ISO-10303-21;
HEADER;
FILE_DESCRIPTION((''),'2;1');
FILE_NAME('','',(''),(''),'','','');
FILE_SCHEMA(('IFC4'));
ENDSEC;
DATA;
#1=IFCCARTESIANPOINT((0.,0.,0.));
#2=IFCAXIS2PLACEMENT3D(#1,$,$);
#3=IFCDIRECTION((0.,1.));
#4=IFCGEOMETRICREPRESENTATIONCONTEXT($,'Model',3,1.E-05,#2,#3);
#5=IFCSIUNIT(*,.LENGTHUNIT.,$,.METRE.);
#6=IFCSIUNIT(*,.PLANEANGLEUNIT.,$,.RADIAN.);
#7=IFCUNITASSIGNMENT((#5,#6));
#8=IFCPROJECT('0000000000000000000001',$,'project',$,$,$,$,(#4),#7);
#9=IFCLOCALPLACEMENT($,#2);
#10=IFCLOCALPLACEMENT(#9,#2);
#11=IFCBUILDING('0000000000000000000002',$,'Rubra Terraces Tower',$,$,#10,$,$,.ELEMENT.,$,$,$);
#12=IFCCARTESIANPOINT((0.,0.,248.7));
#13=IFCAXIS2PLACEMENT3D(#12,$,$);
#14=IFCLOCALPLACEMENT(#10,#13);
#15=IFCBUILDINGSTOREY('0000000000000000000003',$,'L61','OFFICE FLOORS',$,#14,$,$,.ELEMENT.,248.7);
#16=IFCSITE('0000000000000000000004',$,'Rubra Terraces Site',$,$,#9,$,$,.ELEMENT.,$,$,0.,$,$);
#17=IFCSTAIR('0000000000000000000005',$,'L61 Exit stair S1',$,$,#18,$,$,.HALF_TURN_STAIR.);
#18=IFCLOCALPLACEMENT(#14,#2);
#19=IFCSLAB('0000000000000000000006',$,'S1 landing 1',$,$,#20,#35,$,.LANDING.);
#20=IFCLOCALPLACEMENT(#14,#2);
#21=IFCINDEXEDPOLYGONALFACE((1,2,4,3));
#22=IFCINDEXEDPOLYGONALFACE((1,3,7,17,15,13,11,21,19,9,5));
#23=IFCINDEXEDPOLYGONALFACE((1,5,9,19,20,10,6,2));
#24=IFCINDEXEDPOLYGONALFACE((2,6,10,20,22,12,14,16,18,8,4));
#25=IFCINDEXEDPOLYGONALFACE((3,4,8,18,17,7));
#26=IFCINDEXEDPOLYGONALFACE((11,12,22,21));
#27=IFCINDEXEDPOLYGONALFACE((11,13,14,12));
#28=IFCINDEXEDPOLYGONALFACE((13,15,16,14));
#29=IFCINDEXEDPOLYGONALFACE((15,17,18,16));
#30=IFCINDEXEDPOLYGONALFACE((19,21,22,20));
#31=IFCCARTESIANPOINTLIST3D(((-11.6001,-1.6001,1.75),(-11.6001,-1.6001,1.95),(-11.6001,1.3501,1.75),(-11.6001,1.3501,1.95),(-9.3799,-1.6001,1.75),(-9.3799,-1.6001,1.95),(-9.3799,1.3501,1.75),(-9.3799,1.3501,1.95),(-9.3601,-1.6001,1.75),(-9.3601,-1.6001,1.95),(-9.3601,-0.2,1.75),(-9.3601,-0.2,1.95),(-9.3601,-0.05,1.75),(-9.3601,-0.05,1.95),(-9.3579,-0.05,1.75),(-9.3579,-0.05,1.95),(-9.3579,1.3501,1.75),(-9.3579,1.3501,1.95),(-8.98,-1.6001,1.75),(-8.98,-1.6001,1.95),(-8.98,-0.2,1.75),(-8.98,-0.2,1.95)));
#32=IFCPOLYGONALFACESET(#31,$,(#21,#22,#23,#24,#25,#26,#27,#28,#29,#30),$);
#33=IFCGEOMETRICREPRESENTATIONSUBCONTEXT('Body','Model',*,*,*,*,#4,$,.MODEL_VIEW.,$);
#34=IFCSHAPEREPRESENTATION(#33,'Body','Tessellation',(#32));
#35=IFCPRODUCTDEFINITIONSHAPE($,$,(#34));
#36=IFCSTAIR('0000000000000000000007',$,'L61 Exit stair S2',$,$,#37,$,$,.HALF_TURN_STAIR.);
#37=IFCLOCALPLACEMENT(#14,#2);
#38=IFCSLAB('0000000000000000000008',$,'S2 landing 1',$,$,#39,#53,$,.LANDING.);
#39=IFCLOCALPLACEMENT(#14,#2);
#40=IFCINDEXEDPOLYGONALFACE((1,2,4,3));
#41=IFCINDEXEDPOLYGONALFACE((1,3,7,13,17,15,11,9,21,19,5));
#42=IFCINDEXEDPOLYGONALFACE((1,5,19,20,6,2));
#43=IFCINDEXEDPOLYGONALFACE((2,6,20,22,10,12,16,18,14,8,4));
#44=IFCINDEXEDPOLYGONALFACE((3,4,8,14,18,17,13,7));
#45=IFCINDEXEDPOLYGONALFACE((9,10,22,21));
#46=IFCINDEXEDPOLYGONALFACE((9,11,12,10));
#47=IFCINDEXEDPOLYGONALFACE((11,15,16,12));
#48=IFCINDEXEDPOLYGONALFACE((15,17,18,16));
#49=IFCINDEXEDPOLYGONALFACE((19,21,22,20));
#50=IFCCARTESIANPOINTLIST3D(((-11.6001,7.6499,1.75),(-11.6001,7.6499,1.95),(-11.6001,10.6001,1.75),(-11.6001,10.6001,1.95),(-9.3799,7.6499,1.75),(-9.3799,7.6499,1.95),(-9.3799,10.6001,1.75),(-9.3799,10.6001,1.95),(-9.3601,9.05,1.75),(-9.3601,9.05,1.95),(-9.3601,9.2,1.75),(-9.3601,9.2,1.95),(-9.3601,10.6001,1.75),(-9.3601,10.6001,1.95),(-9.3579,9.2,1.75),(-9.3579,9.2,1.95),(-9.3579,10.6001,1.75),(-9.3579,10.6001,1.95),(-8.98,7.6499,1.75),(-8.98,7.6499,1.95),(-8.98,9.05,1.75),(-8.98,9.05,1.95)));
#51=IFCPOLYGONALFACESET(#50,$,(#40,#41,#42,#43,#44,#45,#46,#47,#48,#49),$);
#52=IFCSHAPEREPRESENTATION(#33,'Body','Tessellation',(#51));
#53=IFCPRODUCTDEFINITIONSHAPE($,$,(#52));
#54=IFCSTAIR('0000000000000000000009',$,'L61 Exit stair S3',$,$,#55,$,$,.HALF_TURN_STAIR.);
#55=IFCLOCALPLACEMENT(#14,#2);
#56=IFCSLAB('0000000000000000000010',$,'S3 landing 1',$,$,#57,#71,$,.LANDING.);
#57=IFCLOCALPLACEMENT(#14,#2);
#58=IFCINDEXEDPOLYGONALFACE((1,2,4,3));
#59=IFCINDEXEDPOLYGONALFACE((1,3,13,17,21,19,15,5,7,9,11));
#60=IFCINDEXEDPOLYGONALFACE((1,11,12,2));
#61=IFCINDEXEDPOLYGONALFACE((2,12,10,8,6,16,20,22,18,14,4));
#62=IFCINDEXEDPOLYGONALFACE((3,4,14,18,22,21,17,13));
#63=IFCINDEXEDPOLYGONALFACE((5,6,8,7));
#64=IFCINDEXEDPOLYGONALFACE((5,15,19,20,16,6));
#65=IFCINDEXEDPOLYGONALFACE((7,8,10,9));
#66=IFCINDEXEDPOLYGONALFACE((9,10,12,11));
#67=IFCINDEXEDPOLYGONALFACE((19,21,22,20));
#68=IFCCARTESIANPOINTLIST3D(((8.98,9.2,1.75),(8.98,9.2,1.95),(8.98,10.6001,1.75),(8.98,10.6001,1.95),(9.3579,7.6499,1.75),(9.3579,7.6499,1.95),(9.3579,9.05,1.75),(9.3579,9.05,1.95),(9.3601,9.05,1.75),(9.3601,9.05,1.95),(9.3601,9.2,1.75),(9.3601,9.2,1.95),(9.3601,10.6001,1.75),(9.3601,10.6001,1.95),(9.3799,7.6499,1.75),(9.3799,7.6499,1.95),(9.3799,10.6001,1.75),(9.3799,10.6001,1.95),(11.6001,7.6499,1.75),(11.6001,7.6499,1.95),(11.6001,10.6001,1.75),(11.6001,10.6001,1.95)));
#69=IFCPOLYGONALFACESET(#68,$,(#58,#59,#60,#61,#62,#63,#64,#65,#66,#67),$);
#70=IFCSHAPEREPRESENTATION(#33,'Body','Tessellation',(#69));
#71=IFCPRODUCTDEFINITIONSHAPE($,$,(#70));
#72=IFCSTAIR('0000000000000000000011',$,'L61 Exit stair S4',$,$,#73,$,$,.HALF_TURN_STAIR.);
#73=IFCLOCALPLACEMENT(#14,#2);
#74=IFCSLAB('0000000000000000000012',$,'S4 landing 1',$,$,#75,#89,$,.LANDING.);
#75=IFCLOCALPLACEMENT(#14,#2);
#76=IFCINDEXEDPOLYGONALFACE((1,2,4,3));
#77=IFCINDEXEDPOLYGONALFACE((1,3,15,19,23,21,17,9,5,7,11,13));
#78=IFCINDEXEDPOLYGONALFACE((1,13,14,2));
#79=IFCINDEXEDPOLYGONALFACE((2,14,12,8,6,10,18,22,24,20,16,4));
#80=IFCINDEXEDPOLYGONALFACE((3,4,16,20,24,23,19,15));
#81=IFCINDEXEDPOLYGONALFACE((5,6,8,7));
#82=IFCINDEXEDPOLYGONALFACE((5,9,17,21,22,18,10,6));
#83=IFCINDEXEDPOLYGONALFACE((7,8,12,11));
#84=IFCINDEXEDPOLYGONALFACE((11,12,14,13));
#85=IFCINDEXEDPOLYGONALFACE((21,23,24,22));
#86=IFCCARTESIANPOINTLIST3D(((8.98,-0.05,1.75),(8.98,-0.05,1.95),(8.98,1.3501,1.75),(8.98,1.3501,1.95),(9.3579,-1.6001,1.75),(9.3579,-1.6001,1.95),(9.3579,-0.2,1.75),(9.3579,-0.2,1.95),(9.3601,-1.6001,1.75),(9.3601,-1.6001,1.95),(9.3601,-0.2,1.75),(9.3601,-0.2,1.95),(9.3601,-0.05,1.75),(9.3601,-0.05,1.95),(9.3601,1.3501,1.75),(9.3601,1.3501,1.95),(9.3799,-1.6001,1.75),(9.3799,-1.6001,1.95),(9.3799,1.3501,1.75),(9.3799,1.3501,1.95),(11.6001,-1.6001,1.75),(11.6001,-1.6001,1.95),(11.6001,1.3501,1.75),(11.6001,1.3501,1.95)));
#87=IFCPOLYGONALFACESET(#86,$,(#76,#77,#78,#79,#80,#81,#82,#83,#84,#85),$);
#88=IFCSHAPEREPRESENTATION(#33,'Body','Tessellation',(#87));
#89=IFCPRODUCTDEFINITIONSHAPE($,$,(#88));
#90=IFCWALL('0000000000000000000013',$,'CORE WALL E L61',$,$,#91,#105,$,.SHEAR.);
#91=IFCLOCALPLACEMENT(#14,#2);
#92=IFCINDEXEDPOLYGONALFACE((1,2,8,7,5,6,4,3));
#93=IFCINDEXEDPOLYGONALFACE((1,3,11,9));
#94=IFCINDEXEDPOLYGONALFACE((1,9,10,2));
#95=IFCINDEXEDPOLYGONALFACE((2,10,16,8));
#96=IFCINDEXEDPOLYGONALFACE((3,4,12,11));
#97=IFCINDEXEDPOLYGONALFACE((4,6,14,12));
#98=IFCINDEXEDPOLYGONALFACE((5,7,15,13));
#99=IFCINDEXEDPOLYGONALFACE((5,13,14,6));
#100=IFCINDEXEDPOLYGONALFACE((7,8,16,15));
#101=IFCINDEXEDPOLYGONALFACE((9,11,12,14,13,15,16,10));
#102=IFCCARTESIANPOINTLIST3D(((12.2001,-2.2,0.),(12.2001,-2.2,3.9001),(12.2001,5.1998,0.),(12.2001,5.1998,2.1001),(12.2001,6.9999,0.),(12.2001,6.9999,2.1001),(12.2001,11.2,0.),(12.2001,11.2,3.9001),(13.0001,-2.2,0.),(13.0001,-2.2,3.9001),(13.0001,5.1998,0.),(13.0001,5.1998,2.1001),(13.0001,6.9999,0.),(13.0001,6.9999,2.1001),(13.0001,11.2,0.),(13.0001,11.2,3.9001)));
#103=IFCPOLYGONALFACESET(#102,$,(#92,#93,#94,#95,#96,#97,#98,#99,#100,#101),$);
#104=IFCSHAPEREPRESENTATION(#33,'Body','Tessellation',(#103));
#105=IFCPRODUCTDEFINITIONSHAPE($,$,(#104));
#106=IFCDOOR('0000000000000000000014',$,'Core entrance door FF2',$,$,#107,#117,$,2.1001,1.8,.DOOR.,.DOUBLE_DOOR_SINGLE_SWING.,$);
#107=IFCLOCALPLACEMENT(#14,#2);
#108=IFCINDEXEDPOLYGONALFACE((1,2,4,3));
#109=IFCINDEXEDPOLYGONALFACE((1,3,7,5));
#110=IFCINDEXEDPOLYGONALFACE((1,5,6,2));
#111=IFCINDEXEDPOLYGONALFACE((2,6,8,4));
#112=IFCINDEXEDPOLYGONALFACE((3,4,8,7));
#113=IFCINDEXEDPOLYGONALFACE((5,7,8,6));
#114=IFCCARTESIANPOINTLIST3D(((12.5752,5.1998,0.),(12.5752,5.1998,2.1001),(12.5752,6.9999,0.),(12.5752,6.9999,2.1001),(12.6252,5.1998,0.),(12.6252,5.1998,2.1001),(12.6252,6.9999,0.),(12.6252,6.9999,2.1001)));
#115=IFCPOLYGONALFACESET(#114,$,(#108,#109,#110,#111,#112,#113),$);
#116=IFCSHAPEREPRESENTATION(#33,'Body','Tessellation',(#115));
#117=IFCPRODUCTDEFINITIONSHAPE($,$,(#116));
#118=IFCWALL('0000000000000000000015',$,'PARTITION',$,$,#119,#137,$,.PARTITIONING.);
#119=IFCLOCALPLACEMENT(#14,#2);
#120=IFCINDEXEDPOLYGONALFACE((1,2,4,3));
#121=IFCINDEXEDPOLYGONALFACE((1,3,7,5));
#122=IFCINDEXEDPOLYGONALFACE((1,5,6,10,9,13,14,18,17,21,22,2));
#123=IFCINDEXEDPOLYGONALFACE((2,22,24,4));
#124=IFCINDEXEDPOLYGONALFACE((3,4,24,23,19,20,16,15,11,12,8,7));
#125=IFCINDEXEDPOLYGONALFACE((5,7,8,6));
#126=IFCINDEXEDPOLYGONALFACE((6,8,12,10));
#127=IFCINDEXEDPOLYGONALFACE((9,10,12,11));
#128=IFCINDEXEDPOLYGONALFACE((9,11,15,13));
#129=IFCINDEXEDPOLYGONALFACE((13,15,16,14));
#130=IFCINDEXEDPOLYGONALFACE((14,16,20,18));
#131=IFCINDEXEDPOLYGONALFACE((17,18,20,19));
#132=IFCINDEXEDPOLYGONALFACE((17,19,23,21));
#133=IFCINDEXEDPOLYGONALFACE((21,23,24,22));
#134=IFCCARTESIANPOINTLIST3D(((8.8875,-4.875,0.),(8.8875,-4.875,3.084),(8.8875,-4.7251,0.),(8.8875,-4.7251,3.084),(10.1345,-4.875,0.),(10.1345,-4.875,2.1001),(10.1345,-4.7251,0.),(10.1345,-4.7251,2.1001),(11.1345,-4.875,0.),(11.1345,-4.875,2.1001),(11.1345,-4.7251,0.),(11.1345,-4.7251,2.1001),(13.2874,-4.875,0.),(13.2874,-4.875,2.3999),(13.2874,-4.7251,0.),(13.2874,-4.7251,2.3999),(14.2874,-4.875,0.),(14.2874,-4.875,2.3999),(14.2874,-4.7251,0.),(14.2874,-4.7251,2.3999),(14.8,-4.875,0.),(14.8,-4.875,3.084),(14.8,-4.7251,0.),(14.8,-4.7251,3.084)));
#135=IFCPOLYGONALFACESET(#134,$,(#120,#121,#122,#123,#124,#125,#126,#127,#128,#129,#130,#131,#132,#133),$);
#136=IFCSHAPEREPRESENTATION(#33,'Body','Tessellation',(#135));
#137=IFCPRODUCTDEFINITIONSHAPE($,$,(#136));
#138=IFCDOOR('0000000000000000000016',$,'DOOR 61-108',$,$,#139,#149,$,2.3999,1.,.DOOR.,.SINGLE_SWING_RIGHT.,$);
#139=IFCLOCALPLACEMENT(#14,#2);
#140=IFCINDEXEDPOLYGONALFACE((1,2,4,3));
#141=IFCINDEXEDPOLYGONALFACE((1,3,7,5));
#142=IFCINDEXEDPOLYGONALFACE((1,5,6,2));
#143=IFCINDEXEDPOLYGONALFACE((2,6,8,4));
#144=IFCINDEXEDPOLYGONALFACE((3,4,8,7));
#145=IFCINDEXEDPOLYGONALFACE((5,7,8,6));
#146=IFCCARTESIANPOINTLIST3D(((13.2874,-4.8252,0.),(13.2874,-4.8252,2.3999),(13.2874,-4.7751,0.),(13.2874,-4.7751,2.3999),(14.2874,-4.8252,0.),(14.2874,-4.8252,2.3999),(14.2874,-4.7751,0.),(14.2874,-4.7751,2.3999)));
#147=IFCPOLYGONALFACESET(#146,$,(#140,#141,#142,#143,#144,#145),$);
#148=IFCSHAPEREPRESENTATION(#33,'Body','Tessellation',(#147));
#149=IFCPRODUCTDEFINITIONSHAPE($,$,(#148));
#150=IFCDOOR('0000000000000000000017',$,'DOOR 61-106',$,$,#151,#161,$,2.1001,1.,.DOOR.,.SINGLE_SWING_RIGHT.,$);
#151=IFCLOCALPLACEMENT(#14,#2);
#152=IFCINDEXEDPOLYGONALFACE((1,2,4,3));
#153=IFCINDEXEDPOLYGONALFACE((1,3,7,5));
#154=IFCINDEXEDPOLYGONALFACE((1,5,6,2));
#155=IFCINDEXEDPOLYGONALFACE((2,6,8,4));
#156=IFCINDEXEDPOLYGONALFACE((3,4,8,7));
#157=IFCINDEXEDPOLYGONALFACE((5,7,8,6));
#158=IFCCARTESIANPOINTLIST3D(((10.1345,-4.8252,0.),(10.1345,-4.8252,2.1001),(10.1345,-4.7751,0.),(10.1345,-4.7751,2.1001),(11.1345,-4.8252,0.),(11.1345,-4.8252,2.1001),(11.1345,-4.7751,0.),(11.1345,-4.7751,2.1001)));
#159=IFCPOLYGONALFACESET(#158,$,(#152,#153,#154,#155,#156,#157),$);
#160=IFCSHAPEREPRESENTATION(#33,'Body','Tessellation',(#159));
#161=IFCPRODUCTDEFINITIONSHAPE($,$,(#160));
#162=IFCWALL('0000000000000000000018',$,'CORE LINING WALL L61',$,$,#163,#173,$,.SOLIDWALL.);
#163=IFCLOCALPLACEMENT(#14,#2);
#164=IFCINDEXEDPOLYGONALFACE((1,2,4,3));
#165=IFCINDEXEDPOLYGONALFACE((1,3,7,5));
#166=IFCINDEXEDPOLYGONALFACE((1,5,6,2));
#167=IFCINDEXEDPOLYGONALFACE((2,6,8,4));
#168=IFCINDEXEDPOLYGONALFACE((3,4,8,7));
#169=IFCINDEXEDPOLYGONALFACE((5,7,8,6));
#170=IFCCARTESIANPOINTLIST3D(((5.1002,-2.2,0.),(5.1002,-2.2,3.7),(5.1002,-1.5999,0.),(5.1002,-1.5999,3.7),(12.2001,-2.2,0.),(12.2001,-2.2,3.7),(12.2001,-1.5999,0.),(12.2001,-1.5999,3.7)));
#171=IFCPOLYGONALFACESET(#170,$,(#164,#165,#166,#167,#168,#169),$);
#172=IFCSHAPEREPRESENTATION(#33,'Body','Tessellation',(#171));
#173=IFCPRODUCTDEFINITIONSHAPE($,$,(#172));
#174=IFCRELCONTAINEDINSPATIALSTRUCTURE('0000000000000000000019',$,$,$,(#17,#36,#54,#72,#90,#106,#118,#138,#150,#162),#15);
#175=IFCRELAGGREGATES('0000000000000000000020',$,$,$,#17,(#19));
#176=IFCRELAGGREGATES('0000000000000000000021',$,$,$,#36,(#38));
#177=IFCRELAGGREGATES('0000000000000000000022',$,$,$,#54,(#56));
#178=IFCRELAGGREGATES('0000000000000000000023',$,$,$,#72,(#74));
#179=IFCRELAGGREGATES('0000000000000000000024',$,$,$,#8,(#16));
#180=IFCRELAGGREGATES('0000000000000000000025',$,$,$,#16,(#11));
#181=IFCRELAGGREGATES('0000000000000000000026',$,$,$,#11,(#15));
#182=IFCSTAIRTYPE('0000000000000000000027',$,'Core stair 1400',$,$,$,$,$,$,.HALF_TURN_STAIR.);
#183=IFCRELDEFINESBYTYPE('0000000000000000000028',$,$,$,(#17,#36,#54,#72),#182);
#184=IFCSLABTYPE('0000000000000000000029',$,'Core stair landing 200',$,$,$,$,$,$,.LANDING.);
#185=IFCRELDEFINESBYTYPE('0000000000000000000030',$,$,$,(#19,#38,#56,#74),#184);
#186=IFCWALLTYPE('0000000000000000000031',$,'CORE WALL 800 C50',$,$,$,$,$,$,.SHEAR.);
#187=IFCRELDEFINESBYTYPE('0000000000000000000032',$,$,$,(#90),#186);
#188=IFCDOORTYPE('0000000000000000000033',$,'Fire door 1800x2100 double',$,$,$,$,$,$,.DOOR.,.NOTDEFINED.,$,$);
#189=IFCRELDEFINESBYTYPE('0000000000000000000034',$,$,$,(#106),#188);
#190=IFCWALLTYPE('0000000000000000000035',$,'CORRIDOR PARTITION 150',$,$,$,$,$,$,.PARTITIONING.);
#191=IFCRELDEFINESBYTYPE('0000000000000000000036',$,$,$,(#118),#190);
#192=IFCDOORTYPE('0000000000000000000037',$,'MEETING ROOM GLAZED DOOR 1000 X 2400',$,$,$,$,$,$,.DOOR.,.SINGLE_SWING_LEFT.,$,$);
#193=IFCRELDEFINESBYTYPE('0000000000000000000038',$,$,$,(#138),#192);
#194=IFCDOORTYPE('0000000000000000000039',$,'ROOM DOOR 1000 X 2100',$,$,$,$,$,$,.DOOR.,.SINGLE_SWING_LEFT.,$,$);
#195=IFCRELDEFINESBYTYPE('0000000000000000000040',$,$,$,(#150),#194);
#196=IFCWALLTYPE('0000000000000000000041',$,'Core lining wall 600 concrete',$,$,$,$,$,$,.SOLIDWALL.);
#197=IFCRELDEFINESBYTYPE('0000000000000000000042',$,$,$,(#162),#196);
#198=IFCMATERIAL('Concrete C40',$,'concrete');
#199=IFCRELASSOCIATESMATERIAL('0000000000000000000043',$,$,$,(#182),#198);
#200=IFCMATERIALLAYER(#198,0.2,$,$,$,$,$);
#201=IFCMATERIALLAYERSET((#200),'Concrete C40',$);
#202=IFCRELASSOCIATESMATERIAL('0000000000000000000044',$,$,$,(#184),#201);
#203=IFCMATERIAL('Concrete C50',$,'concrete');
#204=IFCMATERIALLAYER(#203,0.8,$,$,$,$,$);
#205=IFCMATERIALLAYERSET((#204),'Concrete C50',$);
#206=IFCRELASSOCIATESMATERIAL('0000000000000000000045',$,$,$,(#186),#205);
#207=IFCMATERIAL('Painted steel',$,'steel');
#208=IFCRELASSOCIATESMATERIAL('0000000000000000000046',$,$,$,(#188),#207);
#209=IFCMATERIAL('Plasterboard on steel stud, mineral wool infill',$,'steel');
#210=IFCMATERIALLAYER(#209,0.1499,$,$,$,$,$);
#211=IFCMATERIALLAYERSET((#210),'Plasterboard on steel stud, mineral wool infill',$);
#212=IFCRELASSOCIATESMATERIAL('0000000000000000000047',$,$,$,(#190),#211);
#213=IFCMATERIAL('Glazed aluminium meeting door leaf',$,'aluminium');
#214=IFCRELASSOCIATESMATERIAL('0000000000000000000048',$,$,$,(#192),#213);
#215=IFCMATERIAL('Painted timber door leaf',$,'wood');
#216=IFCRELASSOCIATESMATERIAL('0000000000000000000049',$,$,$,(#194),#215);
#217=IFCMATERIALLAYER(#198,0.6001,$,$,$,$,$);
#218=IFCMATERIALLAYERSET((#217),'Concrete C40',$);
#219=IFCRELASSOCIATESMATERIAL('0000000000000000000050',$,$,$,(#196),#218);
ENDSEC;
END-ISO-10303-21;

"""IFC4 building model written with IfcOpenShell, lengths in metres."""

from ifc_helpers import new_model, si_unit, direction, frame, frame_2d, origin, place, context, subcontext, project, spatial, polyline, rectangle, outline, extrude, material, layer, layer_set, type_object, element, fill, aggregate, save


model = new_model("IFC4")

# Units and contexts
model_context = context("Model", 3, precision=1e-05, world=origin(), true_north=direction((0.0, 1.0)))
body_context = subcontext(model_context, "Body", "Model", "MODEL_VIEW")
ifc_project = project(units=[si_unit("LENGTHUNIT", "METRE"), si_unit("PLANEANGLEUNIT", "RADIAN")], contexts=[model_context])

# Site, building, storey
site_placement = place(None, origin())
site = spatial("IfcSite", under=ifc_project, at=site_placement, Name="Rubra Terraces Site", CompositionType="ELEMENT", RefElevation=0.0)
building_placement = place(site_placement, origin())
building = spatial("IfcBuilding", under=site, at=building_placement, Name="Rubra Terraces Tower", CompositionType="ELEMENT")
storey_placement = place(building_placement, frame((0.0, 0.0, 248.7)))
storey = spatial("IfcBuildingStorey", under=building, at=storey_placement, Name="L61", Description="OFFICE FLOORS", CompositionType="ELEMENT", Elevation=248.7)

# Stairs, slabs
ifc_material_1 = material(Name="Concrete C40", Category="concrete")
stair_type = type_object("IfcStairType", Name="Core stair 1400", PredefinedType="HALF_TURN_STAIR", material=ifc_material_1)
stair_1_placement = place(storey_placement, origin())
stair_1 = element("IfcStair", 1, at=stair_1_placement, inside=storey, type_object=stair_type, Name="L61 Exit stair S1", PredefinedType="HALF_TURN_STAIR")
ifc_layer_1 = layer(ifc_material_1, 0.2)
ifc_layer_set_1 = layer_set([ifc_layer_1], Name="Concrete C40")
slab_type = type_object("IfcSlabType", Name="Core stair landing 200", PredefinedType="LANDING", material=ifc_layer_set_1)
slab_1_placement = place(storey_placement, frame((0.0, 0.0, 1.75)))
slab_1 = element("IfcSlab", 2, at=slab_1_placement, type_object=slab_type, Name="S1 landing 1", PredefinedType="LANDING", context=body_context, shape_type="SweptSolid", body=[
    extrude(outline(polyline([(-8.98, -0.2), (-8.98, -1.6001), (-9.3601, -1.6001), (-9.3799, -1.6001), (-11.6001, -1.6001), (-11.6001, 1.3501), (-9.3799, 1.3501), (-9.3579, 1.3501), (-9.3579, -0.05), (-9.3601, -0.05), (-9.3601, -0.2), (-8.98, -0.2)])), origin(), (0.0, 0.0, 1.0), 0.2),
])
aggregate(stair_1, [slab_1])
stair_2_placement = place(storey_placement, origin())
stair_2 = element("IfcStair", 3, at=stair_2_placement, inside=storey, type_object=stair_type, Name="L61 Exit stair S2", PredefinedType="HALF_TURN_STAIR")
slab_2_placement = place(storey_placement, frame((0.0, 0.0, 1.75)))
slab_2 = element("IfcSlab", 4, at=slab_2_placement, type_object=slab_type, Name="S2 landing 1", PredefinedType="LANDING", context=body_context, shape_type="SweptSolid", body=[
    extrude(outline(polyline([(-8.98, 9.05), (-8.98, 7.6499), (-9.3799, 7.6499), (-11.6001, 7.6499), (-11.6001, 10.6001), (-9.3799, 10.6001), (-9.3601, 10.6001), (-9.3579, 10.6001), (-9.3579, 9.2), (-9.3601, 9.2), (-9.3601, 9.05), (-8.98, 9.05)])), origin(), (0.0, 0.0, 1.0), 0.2),
])
aggregate(stair_2, [slab_2])
stair_3_placement = place(storey_placement, origin())
stair_3 = element("IfcStair", 5, at=stair_3_placement, inside=storey, type_object=stair_type, Name="L61 Exit stair S3", PredefinedType="HALF_TURN_STAIR")
slab_3_placement = place(storey_placement, frame((0.0, 0.0, 1.75)))
slab_3 = element("IfcSlab", 6, at=slab_3_placement, type_object=slab_type, Name="S3 landing 1", PredefinedType="LANDING", context=body_context, shape_type="SweptSolid", body=[
    extrude(outline(polyline([(9.3601, 9.05), (9.3601, 9.2), (8.98, 9.2), (8.98, 10.6001), (9.3601, 10.6001), (9.3799, 10.6001), (11.6001, 10.6001), (11.6001, 7.6499), (9.3799, 7.6499), (9.3579, 7.6499), (9.3579, 9.05), (9.3601, 9.05)])), origin(), (0.0, 0.0, 1.0), 0.2),
])
aggregate(stair_3, [slab_3])
stair_4_placement = place(storey_placement, origin())
stair_4 = element("IfcStair", 7, at=stair_4_placement, inside=storey, type_object=stair_type, Name="L61 Exit stair S4", PredefinedType="HALF_TURN_STAIR")
slab_4_placement = place(storey_placement, frame((0.0, 0.0, 1.75)))
slab_4 = element("IfcSlab", 8, at=slab_4_placement, type_object=slab_type, Name="S4 landing 1", PredefinedType="LANDING", context=body_context, shape_type="SweptSolid", body=[
    extrude(outline(polyline([(9.3601, -0.2), (9.3601, -0.05), (8.98, -0.05), (8.98, 1.3501), (9.3601, 1.3501), (9.3799, 1.3501), (11.6001, 1.3501), (11.6001, -1.6001), (9.3799, -1.6001), (9.3601, -1.6001), (9.3579, -1.6001), (9.3579, -0.2), (9.3601, -0.2)])), origin(), (0.0, 0.0, 1.0), 0.2),
])

# Wall, opening, door
ifc_material_2 = material(Name="Concrete C50", Category="concrete")
ifc_layer_2 = layer(ifc_material_2, 0.8)
ifc_layer_set_2 = layer_set([ifc_layer_2], Name="Concrete C50")
wall_type_1 = type_object("IfcWallType", Name="CORE WALL 800 C50", PredefinedType="SHEAR", material=ifc_layer_set_2)
wall_1_placement = place(storey_placement, frame((12.6001, -2.2, 0.0), z_axis=(0.0, 0.0, 1.0), x_axis=(0.0, 1.0, 0.0)))
wall_1 = element("IfcWall", 9, at=wall_1_placement, inside=storey, type_object=wall_type_1, Name="CORE WALL E L61", PredefinedType="SHEAR", context=body_context, shape_type="SweptSolid", body=[
    extrude(rectangle(XDim=13.3999, YDim=0.8, at=frame_2d((6.7, 0.0))), origin(), (0.0, 0.0, 1.0), 3.9001),
])
opening_1_placement = place(wall_1_placement, frame((7.3999, 0.0, 0.0)))
opening_1 = element("IfcOpeningElement", 10, at=opening_1_placement, cuts=wall_1, PredefinedType="OPENING", context=body_context, shape_type="SweptSolid", body=[
    extrude(rectangle(XDim=1.8, YDim=2.1001, at=frame_2d((0.8999, 1.05))), frame((0.0, 0.4099, 0.0), z_axis=(0.0, -1.0, 0.0), x_axis=(1.0, 0.0, 0.0)), (0.0, 0.0, 1.0), 0.8201),
])
ifc_material_3 = material(Name="Painted steel", Category="steel")
door_type_1 = type_object("IfcDoorType", Name="Fire door 1800x2100 double", OperationType="NOTDEFINED", PredefinedType="DOOR", material=ifc_material_3)
door_1_placement = place(opening_1_placement, origin())
door_1 = element("IfcDoor", 11, at=door_1_placement, inside=storey, type_object=door_type_1, Name="Core entrance door FF2", OperationType="DOUBLE_DOOR_SINGLE_SWING", OverallHeight=2.1001, OverallWidth=1.8, PredefinedType="DOOR", context=body_context, shape_type="SweptSolid", body=[
    extrude(rectangle(XDim=1.8, YDim=2.1001, at=frame_2d((0.8999, 1.05))), frame((0.0, 0.0249, 0.0), z_axis=(0.0, -1.0, 0.0), x_axis=(1.0, 0.0, 0.0)), (0.0, 0.0, 1.0), 0.05),
])
fill(opening_1, door_1)

# Wall, openings, doors
ifc_material_4 = material(Name="Plasterboard on steel stud, mineral wool infill", Category="steel")
ifc_layer_3 = layer(ifc_material_4, 0.1499)
ifc_layer_set_3 = layer_set([ifc_layer_3], Name="Plasterboard on steel stud, mineral wool infill")
wall_type_2 = type_object("IfcWallType", Name="CORRIDOR PARTITION 150", PredefinedType="PARTITIONING", material=ifc_layer_set_3)
wall_2_placement = place(storey_placement, frame((8.8875, -4.8, 0.0), z_axis=(0.0, 0.0, 1.0), x_axis=(1.0, 0.0, 0.0)))
wall_2 = element("IfcWall", 12, at=wall_2_placement, inside=storey, type_object=wall_type_2, Name="PARTITION", PredefinedType="PARTITIONING", context=body_context, shape_type="SweptSolid", body=[
    extrude(rectangle(XDim=5.9126, YDim=0.1499, at=frame_2d((2.9563, 0.0))), origin(), (0.0, 0.0, 1.0), 3.084),
])
opening_2_placement = place(wall_2_placement, frame((1.2471, 0.0, 0.0)))
opening_2 = element("IfcOpeningElement", 13, at=opening_2_placement, cuts=wall_2, PredefinedType="OPENING", context=body_context, shape_type="SweptSolid", body=[
    extrude(rectangle(XDim=1.0, YDim=2.1001, at=frame_2d((0.5, 1.05))), frame((0.0, 0.085, 0.0), z_axis=(0.0, -1.0, 0.0), x_axis=(1.0, 0.0, 0.0)), (0.0, 0.0, 1.0), 0.1699),
])
opening_3_placement = place(wall_2_placement, frame((4.3999, 0.0, 0.0)))
opening_3 = element("IfcOpeningElement", 14, at=opening_3_placement, cuts=wall_2, PredefinedType="OPENING", context=body_context, shape_type="SweptSolid", body=[
    extrude(rectangle(XDim=1.0, YDim=2.3999, at=frame_2d((0.5, 1.2))), frame((0.0, 0.085, 0.0), z_axis=(0.0, -1.0, 0.0), x_axis=(1.0, 0.0, 0.0)), (0.0, 0.0, 1.0), 0.1699),
])
ifc_material_5 = material(Name="Glazed aluminium meeting door leaf", Category="aluminium")
door_type_2 = type_object("IfcDoorType", Name="MEETING ROOM GLAZED DOOR 1000 X 2400", OperationType="SINGLE_SWING_LEFT", PredefinedType="DOOR", material=ifc_material_5)
door_2_placement = place(opening_3_placement, origin())
door_2 = element("IfcDoor", 15, at=door_2_placement, inside=storey, type_object=door_type_2, Name="DOOR 61-108", OperationType="SINGLE_SWING_RIGHT", OverallHeight=2.3999, OverallWidth=1.0, PredefinedType="DOOR", context=body_context, shape_type="SweptSolid", body=[
    extrude(rectangle(XDim=1.0, YDim=2.3999, at=frame_2d((0.5, 1.2))), frame((0.0, 0.0249, 0.0), z_axis=(0.0, -1.0, 0.0), x_axis=(1.0, 0.0, 0.0)), (0.0, 0.0, 1.0), 0.05),
])
fill(opening_3, door_2)
ifc_material_6 = material(Name="Painted timber door leaf", Category="wood")
door_type_3 = type_object("IfcDoorType", Name="ROOM DOOR 1000 X 2100", OperationType="SINGLE_SWING_LEFT", PredefinedType="DOOR", material=ifc_material_6)
door_3_placement = place(opening_2_placement, origin())
door_3 = element("IfcDoor", 16, at=door_3_placement, inside=storey, type_object=door_type_3, Name="DOOR 61-106", OperationType="SINGLE_SWING_RIGHT", OverallHeight=2.1001, OverallWidth=1.0, PredefinedType="DOOR", context=body_context, shape_type="SweptSolid", body=[
    extrude(rectangle(XDim=1.0, YDim=2.1001, at=frame_2d((0.5, 1.05))), frame((0.0, 0.0249, 0.0), z_axis=(0.0, -1.0, 0.0), x_axis=(1.0, 0.0, 0.0)), (0.0, 0.0, 1.0), 0.05),
])
fill(opening_2, door_3)

# Wall
ifc_layer_4 = layer(ifc_material_1, 0.6001)
ifc_layer_set_4 = layer_set([ifc_layer_4], Name="Concrete C40")
wall_type_3 = type_object("IfcWallType", Name="Core lining wall 600 concrete", PredefinedType="SOLIDWALL", material=ifc_layer_set_4)
wall_3_placement = place(storey_placement, frame((12.2, -1.8999, 0.0), z_axis=(0.0, 0.0, 1.0), x_axis=(-1.0, 0.0, 0.0)))
element("IfcWall", 17, at=wall_3_placement, inside=storey, type_object=wall_type_3, Name="CORE LINING WALL L61", PredefinedType="SOLIDWALL", context=body_context, shape_type="SweptSolid", body=[
    extrude(rectangle(XDim=7.0999, YDim=0.6001, at=frame_2d((3.5498, 0.0))), origin(), (0.0, 0.0, 1.0), 3.7),
])

aggregate(stair_4, [slab_4])

save(model, "model.ifc")
